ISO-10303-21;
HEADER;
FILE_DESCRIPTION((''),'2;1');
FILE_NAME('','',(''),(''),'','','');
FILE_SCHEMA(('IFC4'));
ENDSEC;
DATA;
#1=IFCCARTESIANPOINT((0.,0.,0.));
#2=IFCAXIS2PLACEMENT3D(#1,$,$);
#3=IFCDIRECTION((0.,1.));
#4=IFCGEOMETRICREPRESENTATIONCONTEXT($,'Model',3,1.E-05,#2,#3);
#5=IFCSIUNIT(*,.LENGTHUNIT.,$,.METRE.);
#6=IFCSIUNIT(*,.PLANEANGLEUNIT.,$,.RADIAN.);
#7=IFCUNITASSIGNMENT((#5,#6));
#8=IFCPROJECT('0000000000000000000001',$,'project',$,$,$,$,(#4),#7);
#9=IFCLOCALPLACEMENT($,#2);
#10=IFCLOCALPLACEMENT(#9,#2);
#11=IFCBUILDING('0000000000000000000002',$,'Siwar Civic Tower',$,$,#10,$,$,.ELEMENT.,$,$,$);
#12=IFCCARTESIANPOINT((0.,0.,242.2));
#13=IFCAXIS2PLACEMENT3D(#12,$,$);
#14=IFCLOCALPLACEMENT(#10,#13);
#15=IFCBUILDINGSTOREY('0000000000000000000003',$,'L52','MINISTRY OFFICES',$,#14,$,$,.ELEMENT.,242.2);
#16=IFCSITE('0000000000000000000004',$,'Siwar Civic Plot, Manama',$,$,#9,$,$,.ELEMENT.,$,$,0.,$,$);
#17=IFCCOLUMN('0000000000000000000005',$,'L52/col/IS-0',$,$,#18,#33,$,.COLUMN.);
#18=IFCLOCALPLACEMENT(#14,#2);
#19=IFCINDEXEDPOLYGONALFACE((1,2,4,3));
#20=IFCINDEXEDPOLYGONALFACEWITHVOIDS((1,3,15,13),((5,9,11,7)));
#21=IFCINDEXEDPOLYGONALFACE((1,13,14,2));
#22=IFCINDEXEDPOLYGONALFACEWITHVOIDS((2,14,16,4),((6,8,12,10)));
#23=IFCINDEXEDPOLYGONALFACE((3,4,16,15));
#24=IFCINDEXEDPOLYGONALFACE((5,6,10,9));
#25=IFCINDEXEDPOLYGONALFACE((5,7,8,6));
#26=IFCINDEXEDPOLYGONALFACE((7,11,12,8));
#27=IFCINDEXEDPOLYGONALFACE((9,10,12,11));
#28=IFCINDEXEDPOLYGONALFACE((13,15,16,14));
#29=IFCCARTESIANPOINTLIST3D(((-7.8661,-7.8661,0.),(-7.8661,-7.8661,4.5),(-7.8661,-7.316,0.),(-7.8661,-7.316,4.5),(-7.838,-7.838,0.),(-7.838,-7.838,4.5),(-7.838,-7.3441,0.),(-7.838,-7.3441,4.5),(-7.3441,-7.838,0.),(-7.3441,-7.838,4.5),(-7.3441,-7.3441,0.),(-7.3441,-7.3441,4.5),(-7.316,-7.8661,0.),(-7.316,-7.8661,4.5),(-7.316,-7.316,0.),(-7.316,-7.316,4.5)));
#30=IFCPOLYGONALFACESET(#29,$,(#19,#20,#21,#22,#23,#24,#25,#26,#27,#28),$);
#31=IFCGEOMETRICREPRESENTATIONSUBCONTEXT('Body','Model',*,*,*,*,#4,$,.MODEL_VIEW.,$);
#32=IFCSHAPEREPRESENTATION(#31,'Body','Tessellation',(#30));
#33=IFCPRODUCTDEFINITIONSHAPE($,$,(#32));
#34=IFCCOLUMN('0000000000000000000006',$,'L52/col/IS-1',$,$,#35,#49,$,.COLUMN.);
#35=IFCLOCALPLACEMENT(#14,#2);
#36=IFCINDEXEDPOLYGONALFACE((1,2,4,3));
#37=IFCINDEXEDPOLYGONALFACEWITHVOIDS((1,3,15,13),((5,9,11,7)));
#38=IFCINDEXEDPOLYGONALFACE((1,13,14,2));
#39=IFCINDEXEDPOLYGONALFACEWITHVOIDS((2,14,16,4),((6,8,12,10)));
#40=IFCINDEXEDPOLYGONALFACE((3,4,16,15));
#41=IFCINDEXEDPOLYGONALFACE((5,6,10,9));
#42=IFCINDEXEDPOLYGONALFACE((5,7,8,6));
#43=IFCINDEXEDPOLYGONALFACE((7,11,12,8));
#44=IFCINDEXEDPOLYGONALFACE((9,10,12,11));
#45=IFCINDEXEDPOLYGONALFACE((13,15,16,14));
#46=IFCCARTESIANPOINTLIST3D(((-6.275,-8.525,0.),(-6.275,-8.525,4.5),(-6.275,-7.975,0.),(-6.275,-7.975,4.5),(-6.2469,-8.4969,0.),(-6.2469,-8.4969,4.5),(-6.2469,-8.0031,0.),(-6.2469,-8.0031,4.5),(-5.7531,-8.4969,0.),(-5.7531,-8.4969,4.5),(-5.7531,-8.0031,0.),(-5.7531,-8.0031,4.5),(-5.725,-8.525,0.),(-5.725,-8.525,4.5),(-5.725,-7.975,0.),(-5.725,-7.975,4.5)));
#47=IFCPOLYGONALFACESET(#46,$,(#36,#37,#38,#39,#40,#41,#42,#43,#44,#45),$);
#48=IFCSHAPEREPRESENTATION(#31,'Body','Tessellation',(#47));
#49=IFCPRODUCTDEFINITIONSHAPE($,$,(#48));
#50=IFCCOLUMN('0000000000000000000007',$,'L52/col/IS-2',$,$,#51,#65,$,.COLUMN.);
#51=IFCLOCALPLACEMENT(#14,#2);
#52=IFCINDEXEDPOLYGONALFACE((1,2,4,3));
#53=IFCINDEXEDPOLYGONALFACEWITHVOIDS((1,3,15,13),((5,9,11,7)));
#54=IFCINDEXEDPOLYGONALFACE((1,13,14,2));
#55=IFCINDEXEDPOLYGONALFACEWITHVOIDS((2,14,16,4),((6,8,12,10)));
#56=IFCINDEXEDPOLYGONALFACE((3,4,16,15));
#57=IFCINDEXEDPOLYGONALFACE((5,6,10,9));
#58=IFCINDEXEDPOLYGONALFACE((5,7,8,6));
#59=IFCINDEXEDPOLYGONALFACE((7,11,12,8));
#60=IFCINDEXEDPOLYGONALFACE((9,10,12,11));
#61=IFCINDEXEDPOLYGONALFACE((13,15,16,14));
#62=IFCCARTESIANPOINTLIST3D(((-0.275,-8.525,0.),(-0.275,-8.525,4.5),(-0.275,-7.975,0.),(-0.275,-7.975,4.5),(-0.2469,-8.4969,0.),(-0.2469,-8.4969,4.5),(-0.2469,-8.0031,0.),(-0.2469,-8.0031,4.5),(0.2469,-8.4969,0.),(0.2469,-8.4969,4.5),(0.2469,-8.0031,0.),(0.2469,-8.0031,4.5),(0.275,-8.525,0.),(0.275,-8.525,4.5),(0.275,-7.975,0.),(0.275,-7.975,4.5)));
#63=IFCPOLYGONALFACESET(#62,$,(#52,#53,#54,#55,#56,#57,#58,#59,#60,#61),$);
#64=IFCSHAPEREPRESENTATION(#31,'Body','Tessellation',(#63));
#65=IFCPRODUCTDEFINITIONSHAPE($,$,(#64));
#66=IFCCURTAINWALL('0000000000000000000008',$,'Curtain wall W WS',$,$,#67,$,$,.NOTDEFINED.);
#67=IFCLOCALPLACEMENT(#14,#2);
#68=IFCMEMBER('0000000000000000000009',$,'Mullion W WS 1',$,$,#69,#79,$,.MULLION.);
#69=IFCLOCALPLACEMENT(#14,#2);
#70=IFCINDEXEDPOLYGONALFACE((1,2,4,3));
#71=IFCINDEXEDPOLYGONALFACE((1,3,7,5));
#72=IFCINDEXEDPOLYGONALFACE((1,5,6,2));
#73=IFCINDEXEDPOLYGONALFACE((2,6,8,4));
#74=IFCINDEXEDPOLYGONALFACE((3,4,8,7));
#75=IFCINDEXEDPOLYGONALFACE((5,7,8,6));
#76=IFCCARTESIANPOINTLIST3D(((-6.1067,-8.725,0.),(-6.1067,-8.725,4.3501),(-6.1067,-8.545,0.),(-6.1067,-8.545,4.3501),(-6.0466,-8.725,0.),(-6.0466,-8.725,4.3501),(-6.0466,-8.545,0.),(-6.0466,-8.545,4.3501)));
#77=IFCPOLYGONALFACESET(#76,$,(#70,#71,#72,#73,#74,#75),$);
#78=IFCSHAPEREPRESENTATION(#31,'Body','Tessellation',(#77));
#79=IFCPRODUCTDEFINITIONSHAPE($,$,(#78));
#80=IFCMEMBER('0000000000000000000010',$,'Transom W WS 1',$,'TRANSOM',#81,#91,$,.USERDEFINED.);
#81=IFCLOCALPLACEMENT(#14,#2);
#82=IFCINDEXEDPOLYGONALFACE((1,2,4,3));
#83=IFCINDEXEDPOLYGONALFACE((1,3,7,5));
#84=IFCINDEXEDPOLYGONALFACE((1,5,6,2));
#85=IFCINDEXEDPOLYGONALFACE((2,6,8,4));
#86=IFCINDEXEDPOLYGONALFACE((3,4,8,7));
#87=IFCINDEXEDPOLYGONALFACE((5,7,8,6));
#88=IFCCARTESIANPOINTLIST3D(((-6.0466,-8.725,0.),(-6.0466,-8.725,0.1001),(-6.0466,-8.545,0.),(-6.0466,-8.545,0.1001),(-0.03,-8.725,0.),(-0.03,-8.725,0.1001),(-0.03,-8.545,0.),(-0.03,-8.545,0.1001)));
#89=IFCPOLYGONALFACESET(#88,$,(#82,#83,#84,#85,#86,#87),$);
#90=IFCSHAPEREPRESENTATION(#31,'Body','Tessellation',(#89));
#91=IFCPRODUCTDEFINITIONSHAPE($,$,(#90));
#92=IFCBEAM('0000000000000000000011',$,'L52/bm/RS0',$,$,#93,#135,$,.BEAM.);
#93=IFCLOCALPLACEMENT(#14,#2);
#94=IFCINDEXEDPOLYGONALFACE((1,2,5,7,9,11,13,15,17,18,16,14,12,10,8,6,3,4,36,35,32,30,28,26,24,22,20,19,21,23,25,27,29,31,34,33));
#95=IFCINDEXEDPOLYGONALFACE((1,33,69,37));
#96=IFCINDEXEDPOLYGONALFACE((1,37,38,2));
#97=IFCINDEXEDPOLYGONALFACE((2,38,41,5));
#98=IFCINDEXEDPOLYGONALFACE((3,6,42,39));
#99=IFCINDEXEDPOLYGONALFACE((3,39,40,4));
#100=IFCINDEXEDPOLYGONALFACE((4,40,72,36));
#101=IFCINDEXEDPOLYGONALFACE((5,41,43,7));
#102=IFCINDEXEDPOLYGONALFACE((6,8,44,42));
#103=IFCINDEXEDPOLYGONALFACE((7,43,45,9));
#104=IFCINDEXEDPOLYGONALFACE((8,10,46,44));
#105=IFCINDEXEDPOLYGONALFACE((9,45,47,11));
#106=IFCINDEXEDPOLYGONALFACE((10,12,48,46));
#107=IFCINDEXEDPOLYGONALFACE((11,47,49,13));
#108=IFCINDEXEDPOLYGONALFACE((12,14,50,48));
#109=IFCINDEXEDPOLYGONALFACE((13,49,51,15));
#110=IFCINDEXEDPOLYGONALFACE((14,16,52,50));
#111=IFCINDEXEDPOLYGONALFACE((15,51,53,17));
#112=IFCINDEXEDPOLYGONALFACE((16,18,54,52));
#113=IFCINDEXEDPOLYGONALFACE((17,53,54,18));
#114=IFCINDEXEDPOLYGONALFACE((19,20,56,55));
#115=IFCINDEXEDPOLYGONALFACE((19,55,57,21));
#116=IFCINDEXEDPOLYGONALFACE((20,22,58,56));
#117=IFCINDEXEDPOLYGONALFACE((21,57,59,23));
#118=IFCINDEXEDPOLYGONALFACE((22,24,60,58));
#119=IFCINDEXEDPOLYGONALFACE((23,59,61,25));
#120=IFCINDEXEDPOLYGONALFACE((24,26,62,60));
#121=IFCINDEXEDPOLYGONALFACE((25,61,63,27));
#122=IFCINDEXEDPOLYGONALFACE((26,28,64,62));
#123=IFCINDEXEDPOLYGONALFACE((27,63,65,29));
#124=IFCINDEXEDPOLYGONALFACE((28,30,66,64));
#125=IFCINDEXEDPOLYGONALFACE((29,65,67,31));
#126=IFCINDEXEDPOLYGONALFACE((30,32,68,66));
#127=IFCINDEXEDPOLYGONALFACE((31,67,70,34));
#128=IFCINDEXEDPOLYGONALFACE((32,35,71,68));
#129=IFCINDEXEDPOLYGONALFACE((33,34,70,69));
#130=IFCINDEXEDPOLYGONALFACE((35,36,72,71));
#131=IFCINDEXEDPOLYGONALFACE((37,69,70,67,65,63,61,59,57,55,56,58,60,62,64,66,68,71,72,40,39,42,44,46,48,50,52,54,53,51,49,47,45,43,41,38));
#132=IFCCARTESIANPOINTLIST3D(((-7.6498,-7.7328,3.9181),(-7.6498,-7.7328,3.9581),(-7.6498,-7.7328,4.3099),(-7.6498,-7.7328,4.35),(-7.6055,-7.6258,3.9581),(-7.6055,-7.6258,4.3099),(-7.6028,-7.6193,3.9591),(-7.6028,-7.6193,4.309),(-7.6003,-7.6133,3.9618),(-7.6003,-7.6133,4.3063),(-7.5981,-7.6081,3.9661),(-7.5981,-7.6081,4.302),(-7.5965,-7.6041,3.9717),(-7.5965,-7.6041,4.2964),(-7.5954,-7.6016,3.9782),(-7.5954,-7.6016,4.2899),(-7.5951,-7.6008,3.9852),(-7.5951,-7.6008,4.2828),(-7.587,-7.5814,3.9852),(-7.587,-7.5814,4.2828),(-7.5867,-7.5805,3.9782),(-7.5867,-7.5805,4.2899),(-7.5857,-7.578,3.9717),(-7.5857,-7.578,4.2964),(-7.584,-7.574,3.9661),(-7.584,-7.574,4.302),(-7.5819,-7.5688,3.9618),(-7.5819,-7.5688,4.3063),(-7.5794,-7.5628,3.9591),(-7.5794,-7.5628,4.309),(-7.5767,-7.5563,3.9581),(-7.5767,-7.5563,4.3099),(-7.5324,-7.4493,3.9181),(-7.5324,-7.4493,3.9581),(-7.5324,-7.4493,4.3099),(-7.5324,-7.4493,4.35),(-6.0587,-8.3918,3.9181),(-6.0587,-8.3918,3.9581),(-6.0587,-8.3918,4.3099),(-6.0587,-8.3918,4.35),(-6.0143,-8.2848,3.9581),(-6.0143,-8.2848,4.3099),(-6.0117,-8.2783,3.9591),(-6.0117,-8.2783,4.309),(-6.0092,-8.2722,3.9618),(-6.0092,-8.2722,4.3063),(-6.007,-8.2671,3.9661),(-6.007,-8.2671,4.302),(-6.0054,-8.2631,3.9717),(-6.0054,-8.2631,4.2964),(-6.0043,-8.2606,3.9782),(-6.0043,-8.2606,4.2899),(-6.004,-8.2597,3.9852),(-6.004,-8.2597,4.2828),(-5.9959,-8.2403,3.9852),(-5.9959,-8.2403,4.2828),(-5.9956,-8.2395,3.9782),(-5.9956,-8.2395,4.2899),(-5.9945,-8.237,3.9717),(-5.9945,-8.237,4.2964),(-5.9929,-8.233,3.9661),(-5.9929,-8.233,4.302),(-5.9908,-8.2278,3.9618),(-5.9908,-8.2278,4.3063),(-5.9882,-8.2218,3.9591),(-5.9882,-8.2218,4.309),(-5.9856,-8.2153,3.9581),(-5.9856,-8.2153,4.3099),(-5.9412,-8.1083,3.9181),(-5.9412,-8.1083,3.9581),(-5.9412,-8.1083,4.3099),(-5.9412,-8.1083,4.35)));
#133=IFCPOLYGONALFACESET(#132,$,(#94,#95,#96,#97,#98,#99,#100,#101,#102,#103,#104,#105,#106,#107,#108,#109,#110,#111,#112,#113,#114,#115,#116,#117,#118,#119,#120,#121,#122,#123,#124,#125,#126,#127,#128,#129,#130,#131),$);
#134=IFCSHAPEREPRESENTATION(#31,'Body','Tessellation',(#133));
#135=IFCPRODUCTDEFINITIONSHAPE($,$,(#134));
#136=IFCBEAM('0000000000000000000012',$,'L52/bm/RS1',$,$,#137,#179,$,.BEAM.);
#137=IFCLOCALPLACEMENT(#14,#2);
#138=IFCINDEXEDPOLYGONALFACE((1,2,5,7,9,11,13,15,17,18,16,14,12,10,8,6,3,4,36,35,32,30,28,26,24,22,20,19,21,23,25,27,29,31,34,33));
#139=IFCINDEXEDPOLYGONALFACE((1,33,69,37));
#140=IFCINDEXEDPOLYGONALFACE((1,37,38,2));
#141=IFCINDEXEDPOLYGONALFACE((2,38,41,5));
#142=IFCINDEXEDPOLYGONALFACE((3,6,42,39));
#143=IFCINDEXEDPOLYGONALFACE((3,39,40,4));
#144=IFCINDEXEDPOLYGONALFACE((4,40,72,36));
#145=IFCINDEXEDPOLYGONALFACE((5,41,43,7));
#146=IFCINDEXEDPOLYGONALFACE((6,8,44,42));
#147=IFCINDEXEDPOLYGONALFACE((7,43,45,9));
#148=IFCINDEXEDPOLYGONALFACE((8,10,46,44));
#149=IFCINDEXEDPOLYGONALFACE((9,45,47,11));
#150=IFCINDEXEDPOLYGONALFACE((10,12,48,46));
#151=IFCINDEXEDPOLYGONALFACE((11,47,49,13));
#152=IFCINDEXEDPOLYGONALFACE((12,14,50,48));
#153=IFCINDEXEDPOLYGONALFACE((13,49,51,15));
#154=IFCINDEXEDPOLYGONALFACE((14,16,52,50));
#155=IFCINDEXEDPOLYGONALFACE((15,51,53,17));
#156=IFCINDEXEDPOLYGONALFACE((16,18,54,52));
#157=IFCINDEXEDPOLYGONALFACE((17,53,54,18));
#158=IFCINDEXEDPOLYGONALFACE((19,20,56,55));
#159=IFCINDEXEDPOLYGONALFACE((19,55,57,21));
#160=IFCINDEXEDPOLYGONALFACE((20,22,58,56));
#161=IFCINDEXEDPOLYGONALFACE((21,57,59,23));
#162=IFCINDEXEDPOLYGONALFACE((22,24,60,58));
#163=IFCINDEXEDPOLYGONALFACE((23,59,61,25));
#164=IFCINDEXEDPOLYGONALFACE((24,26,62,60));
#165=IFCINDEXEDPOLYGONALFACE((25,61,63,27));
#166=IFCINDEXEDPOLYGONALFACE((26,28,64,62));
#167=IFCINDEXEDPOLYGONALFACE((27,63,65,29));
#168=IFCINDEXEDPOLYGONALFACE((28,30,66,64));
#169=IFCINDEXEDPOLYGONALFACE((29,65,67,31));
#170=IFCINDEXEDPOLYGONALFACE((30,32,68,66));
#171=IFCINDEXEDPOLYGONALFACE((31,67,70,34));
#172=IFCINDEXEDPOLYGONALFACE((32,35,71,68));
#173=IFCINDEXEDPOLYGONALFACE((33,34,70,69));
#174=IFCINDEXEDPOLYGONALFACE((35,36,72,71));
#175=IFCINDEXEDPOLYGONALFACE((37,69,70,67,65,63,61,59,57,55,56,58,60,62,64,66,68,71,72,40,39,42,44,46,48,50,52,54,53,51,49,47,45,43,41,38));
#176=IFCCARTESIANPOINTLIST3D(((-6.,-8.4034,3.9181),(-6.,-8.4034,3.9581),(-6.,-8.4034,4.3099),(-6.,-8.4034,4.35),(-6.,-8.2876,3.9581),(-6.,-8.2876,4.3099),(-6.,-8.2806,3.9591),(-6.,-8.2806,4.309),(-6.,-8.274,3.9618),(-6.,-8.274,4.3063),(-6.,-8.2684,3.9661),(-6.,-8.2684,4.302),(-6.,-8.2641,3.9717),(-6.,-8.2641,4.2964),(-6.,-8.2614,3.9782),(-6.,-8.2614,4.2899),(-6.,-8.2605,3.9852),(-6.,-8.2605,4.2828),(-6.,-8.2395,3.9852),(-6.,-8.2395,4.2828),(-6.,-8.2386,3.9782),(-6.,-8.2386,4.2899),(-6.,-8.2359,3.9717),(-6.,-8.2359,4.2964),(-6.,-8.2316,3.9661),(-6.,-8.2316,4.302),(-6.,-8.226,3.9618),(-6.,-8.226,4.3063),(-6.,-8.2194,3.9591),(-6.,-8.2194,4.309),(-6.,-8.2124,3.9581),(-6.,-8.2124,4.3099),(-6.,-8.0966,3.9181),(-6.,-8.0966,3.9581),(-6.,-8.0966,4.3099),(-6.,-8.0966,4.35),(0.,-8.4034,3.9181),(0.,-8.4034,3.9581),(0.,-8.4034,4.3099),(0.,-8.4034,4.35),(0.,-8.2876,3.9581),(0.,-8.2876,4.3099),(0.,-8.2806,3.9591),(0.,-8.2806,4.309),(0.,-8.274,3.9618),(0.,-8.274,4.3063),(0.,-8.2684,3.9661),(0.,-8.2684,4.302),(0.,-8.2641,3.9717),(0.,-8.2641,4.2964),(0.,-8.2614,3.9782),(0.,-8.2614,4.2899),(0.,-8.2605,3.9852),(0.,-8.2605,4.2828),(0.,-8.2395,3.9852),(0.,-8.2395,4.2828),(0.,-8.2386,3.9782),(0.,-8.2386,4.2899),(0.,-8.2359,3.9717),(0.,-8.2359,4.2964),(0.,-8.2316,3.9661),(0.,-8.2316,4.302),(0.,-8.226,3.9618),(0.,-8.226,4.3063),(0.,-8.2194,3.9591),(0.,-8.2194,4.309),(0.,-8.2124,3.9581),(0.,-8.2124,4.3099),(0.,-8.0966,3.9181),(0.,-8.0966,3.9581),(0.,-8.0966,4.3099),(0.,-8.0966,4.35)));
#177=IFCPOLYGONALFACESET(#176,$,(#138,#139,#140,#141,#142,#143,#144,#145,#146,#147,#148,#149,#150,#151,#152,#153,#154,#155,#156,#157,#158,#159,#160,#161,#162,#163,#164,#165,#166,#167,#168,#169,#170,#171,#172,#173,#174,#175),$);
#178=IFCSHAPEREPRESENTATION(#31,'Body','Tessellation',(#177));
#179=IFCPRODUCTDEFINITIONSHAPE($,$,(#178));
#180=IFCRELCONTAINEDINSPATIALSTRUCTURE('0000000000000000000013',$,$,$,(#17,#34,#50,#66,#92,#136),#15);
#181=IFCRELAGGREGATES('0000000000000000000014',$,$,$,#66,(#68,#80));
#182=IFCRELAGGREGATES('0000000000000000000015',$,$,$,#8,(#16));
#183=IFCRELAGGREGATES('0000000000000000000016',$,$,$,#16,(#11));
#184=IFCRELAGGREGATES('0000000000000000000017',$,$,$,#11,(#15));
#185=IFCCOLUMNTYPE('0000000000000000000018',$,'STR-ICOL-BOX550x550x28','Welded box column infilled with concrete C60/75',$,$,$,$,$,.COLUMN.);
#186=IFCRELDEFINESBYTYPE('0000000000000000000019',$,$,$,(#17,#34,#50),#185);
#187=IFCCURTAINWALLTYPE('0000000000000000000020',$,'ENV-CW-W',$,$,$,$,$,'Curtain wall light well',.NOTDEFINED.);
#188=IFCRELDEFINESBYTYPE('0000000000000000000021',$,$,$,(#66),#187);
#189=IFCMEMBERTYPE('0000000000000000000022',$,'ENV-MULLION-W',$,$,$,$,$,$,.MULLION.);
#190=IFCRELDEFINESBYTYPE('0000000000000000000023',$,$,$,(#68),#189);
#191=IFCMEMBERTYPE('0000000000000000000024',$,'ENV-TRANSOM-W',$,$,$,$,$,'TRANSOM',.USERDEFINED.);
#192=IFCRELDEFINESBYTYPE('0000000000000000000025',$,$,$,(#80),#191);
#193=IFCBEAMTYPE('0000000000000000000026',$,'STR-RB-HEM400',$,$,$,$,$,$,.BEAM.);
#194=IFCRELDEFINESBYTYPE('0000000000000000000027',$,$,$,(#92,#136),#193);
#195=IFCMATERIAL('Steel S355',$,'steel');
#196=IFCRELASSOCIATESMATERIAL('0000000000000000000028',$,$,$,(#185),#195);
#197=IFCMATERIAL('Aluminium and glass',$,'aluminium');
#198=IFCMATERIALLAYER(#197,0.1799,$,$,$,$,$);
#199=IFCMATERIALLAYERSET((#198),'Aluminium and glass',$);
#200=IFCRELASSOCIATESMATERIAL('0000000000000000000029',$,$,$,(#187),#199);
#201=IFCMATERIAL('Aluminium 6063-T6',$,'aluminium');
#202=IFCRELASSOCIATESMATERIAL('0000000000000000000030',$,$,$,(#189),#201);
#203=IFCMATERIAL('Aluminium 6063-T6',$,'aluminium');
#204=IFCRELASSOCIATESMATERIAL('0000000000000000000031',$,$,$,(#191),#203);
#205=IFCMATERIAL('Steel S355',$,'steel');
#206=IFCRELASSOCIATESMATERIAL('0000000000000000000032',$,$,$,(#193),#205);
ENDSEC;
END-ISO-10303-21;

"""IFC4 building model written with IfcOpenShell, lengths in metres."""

from ifc_helpers import new_model, si_unit, direction, frame, origin, origin_2d, place, context, subcontext, project, spatial, rectangle, hollow_rectangle, i_section, extrude, material, layer, layer_set, material_profile, profile_set, type_object, element, aggregate, save


model = new_model("IFC4")

# Units and contexts
model_context = context("Model", 3, precision=1e-05, world=origin(), true_north=direction((0.0, 1.0)))
body_context = subcontext(model_context, "Body", "Model", "MODEL_VIEW")
ifc_project = project(units=[si_unit("LENGTHUNIT", "METRE"), si_unit("PLANEANGLEUNIT", "RADIAN")], contexts=[model_context])

# Site, building, storey
site_placement = place(None, origin())
site = spatial("IfcSite", under=ifc_project, at=site_placement, Name="Siwar Civic Plot, Manama", CompositionType="ELEMENT", RefElevation=0.0)
building_placement = place(site_placement, origin())
building = spatial("IfcBuilding", under=site, at=building_placement, Name="Siwar Civic Tower", CompositionType="ELEMENT")
storey_placement = place(building_placement, frame((0.0, 0.0, 242.2)))
storey = spatial("IfcBuildingStorey", under=building, at=storey_placement, Name="L52", Description="MINISTRY OFFICES", CompositionType="ELEMENT", Elevation=242.2)

# Columns
ifc_material_1 = material(Name="Steel S355", Category="steel")
ifc_material_profile_1 = material_profile(ifc_material_1, hollow_rectangle(XDim=0.55, YDim=0.55, WallThickness=0.0281, at=origin_2d()), Name="BOX550x550x28")
ifc_profile_set_1 = profile_set([ifc_material_profile_1], Name="Steel S355")
column_type = type_object("IfcColumnType", Name="STR-ICOL-BOX550x550x28", Description="Welded box column infilled with concrete C60/75", PredefinedType="COLUMN", material=ifc_profile_set_1)
for number, where, z_axis, x_axis, name in (
    (1, (-7.5911, -7.5911, 0.0), (0.0, 0.0, 1.0), (1.0, 0.0, 0.0), "L52/col/IS-0"),
    (2, (-6.0, -8.25, 0.0), (0.0, 0.0, 1.0), (1.0, 0.0, 0.0), "L52/col/IS-1"),
    (3, (0.0, -8.25, 0.0), (0.0, 0.0, 1.0), (1.0, 0.0, 0.0), "L52/col/IS-2"),
):
    element("IfcColumn", number, at=place(storey_placement, frame(where, z_axis=z_axis, x_axis=x_axis)), inside=storey, type_object=column_type, Name=name, PredefinedType="COLUMN", context=body_context, shape_type="SweptSolid", body=[
        extrude(hollow_rectangle(XDim=0.55, YDim=0.55, WallThickness=0.0281, at=origin_2d()), origin(), (0.0, 0.0, 1.0), 4.5),
    ])

# Curtain wall, members
ifc_material_2 = material(Name="Aluminium and glass", Category="aluminium")
ifc_layer_1 = layer(ifc_material_2, 0.1799)
ifc_layer_set_1 = layer_set([ifc_layer_1], Name="Aluminium and glass")
curtain_wall_type = type_object("IfcCurtainWallType", Name="ENV-CW-W", ElementType="Curtain wall light well", PredefinedType="NOTDEFINED", material=ifc_layer_set_1)
curtain_wall_placement = place(storey_placement, origin())
curtain_wall = element("IfcCurtainWall", 4, at=curtain_wall_placement, inside=storey, type_object=curtain_wall_type, Name="Curtain wall W WS", PredefinedType="NOTDEFINED")
ifc_material_3 = material(Name="Aluminium 6063-T6", Category="aluminium")
ifc_material_profile_2 = material_profile(ifc_material_3, rectangle(XDim=0.1799, YDim=0.0601, at=origin_2d()), Name="AL 180x60")
ifc_profile_set_2 = profile_set([ifc_material_profile_2], Name="Aluminium 6063-T6")
member_type_1 = type_object("IfcMemberType", Name="ENV-MULLION-W", PredefinedType="MULLION", material=ifc_profile_set_2)
member_1_placement = place(storey_placement, frame((-6.0767, -8.635, 0.0), z_axis=(0.0, 0.0, 1.0), x_axis=(0.0, 1.0, 0.0)))
member_1 = element("IfcMember", 5, at=member_1_placement, type_object=member_type_1, Name="Mullion W WS 1", PredefinedType="MULLION", context=body_context, shape_type="SweptSolid", body=[
    extrude(rectangle(XDim=0.1799, YDim=0.0601, at=origin_2d()), origin(), (0.0, 0.0, 1.0), 4.3501),
])
ifc_material_4 = material(Name="Aluminium 6063-T6", Category="aluminium")
ifc_material_profile_3 = material_profile(ifc_material_4, rectangle(XDim=0.1799, YDim=0.1001, at=origin_2d()), Name="AL 180x100")
ifc_profile_set_3 = profile_set([ifc_material_profile_3], Name="Aluminium 6063-T6")
member_type_2 = type_object("IfcMemberType", Name="ENV-TRANSOM-W", ElementType="TRANSOM", PredefinedType="USERDEFINED", material=ifc_profile_set_3)
member_2_placement = place(storey_placement, frame((-6.0466, -8.635, 0.05), z_axis=(1.0, 0.0, 0.0), x_axis=(0.0, 1.0, 0.0)))
member_2 = element("IfcMember", 6, at=member_2_placement, type_object=member_type_2, Name="Transom W WS 1", ObjectType="TRANSOM", PredefinedType="USERDEFINED", context=body_context, shape_type="SweptSolid", body=[
    extrude(rectangle(XDim=0.1799, YDim=0.1001, at=origin_2d()), origin(), (0.0, 0.0, 1.0), 6.0166),
])

# Beams
ifc_material_5 = material(Name="Steel S355", Category="steel")
ifc_material_profile_4 = material_profile(ifc_material_5, i_section(OverallWidth=0.3069, OverallDepth=0.4319, WebThickness=0.021, FlangeThickness=0.04, FilletRadius=0.0271, at=origin_2d()), Name="HEM400")
ifc_profile_set_4 = profile_set([ifc_material_profile_4], Name="Steel S355")
beam_type = type_object("IfcBeamType", Name="STR-RB-HEM400", PredefinedType="BEAM", material=ifc_profile_set_4)
beam_1_placement = place(storey_placement, frame((-7.5911, -7.5911, 4.134), z_axis=(0.923901, -0.382631, 0.0), x_axis=(0.382631, 0.923901, 0.0)))
element("IfcBeam", 7, at=beam_1_placement, inside=storey, type_object=beam_type, Name="L52/bm/RS0", PredefinedType="BEAM", context=body_context, shape_type="SweptSolid", body=[
    extrude(i_section(OverallWidth=0.3069, OverallDepth=0.4319, WebThickness=0.021, FlangeThickness=0.04, FilletRadius=0.0271, at=origin_2d()), origin(), (0.0, 0.0, 1.0), 1.7222),
])
for number, where, z_axis, x_axis, name in (
    (8, (-6.0, -8.25, 4.134), (1.0, 0.0, 0.0), (0.0, 1.0, 0.0), "L52/bm/RS1"),
):
    element("IfcBeam", number, at=place(storey_placement, frame(where, z_axis=z_axis, x_axis=x_axis)), inside=storey, type_object=beam_type, Name=name, PredefinedType="BEAM", context=body_context, shape_type="SweptSolid", body=[
        extrude(i_section(OverallWidth=0.3069, OverallDepth=0.4319, WebThickness=0.021, FlangeThickness=0.04, FilletRadius=0.0271, at=origin_2d()), origin(), (0.0, 0.0, 1.0), 6.0),
    ])

aggregate(curtain_wall, [member_1, member_2])

save(model, "model.ifc")
